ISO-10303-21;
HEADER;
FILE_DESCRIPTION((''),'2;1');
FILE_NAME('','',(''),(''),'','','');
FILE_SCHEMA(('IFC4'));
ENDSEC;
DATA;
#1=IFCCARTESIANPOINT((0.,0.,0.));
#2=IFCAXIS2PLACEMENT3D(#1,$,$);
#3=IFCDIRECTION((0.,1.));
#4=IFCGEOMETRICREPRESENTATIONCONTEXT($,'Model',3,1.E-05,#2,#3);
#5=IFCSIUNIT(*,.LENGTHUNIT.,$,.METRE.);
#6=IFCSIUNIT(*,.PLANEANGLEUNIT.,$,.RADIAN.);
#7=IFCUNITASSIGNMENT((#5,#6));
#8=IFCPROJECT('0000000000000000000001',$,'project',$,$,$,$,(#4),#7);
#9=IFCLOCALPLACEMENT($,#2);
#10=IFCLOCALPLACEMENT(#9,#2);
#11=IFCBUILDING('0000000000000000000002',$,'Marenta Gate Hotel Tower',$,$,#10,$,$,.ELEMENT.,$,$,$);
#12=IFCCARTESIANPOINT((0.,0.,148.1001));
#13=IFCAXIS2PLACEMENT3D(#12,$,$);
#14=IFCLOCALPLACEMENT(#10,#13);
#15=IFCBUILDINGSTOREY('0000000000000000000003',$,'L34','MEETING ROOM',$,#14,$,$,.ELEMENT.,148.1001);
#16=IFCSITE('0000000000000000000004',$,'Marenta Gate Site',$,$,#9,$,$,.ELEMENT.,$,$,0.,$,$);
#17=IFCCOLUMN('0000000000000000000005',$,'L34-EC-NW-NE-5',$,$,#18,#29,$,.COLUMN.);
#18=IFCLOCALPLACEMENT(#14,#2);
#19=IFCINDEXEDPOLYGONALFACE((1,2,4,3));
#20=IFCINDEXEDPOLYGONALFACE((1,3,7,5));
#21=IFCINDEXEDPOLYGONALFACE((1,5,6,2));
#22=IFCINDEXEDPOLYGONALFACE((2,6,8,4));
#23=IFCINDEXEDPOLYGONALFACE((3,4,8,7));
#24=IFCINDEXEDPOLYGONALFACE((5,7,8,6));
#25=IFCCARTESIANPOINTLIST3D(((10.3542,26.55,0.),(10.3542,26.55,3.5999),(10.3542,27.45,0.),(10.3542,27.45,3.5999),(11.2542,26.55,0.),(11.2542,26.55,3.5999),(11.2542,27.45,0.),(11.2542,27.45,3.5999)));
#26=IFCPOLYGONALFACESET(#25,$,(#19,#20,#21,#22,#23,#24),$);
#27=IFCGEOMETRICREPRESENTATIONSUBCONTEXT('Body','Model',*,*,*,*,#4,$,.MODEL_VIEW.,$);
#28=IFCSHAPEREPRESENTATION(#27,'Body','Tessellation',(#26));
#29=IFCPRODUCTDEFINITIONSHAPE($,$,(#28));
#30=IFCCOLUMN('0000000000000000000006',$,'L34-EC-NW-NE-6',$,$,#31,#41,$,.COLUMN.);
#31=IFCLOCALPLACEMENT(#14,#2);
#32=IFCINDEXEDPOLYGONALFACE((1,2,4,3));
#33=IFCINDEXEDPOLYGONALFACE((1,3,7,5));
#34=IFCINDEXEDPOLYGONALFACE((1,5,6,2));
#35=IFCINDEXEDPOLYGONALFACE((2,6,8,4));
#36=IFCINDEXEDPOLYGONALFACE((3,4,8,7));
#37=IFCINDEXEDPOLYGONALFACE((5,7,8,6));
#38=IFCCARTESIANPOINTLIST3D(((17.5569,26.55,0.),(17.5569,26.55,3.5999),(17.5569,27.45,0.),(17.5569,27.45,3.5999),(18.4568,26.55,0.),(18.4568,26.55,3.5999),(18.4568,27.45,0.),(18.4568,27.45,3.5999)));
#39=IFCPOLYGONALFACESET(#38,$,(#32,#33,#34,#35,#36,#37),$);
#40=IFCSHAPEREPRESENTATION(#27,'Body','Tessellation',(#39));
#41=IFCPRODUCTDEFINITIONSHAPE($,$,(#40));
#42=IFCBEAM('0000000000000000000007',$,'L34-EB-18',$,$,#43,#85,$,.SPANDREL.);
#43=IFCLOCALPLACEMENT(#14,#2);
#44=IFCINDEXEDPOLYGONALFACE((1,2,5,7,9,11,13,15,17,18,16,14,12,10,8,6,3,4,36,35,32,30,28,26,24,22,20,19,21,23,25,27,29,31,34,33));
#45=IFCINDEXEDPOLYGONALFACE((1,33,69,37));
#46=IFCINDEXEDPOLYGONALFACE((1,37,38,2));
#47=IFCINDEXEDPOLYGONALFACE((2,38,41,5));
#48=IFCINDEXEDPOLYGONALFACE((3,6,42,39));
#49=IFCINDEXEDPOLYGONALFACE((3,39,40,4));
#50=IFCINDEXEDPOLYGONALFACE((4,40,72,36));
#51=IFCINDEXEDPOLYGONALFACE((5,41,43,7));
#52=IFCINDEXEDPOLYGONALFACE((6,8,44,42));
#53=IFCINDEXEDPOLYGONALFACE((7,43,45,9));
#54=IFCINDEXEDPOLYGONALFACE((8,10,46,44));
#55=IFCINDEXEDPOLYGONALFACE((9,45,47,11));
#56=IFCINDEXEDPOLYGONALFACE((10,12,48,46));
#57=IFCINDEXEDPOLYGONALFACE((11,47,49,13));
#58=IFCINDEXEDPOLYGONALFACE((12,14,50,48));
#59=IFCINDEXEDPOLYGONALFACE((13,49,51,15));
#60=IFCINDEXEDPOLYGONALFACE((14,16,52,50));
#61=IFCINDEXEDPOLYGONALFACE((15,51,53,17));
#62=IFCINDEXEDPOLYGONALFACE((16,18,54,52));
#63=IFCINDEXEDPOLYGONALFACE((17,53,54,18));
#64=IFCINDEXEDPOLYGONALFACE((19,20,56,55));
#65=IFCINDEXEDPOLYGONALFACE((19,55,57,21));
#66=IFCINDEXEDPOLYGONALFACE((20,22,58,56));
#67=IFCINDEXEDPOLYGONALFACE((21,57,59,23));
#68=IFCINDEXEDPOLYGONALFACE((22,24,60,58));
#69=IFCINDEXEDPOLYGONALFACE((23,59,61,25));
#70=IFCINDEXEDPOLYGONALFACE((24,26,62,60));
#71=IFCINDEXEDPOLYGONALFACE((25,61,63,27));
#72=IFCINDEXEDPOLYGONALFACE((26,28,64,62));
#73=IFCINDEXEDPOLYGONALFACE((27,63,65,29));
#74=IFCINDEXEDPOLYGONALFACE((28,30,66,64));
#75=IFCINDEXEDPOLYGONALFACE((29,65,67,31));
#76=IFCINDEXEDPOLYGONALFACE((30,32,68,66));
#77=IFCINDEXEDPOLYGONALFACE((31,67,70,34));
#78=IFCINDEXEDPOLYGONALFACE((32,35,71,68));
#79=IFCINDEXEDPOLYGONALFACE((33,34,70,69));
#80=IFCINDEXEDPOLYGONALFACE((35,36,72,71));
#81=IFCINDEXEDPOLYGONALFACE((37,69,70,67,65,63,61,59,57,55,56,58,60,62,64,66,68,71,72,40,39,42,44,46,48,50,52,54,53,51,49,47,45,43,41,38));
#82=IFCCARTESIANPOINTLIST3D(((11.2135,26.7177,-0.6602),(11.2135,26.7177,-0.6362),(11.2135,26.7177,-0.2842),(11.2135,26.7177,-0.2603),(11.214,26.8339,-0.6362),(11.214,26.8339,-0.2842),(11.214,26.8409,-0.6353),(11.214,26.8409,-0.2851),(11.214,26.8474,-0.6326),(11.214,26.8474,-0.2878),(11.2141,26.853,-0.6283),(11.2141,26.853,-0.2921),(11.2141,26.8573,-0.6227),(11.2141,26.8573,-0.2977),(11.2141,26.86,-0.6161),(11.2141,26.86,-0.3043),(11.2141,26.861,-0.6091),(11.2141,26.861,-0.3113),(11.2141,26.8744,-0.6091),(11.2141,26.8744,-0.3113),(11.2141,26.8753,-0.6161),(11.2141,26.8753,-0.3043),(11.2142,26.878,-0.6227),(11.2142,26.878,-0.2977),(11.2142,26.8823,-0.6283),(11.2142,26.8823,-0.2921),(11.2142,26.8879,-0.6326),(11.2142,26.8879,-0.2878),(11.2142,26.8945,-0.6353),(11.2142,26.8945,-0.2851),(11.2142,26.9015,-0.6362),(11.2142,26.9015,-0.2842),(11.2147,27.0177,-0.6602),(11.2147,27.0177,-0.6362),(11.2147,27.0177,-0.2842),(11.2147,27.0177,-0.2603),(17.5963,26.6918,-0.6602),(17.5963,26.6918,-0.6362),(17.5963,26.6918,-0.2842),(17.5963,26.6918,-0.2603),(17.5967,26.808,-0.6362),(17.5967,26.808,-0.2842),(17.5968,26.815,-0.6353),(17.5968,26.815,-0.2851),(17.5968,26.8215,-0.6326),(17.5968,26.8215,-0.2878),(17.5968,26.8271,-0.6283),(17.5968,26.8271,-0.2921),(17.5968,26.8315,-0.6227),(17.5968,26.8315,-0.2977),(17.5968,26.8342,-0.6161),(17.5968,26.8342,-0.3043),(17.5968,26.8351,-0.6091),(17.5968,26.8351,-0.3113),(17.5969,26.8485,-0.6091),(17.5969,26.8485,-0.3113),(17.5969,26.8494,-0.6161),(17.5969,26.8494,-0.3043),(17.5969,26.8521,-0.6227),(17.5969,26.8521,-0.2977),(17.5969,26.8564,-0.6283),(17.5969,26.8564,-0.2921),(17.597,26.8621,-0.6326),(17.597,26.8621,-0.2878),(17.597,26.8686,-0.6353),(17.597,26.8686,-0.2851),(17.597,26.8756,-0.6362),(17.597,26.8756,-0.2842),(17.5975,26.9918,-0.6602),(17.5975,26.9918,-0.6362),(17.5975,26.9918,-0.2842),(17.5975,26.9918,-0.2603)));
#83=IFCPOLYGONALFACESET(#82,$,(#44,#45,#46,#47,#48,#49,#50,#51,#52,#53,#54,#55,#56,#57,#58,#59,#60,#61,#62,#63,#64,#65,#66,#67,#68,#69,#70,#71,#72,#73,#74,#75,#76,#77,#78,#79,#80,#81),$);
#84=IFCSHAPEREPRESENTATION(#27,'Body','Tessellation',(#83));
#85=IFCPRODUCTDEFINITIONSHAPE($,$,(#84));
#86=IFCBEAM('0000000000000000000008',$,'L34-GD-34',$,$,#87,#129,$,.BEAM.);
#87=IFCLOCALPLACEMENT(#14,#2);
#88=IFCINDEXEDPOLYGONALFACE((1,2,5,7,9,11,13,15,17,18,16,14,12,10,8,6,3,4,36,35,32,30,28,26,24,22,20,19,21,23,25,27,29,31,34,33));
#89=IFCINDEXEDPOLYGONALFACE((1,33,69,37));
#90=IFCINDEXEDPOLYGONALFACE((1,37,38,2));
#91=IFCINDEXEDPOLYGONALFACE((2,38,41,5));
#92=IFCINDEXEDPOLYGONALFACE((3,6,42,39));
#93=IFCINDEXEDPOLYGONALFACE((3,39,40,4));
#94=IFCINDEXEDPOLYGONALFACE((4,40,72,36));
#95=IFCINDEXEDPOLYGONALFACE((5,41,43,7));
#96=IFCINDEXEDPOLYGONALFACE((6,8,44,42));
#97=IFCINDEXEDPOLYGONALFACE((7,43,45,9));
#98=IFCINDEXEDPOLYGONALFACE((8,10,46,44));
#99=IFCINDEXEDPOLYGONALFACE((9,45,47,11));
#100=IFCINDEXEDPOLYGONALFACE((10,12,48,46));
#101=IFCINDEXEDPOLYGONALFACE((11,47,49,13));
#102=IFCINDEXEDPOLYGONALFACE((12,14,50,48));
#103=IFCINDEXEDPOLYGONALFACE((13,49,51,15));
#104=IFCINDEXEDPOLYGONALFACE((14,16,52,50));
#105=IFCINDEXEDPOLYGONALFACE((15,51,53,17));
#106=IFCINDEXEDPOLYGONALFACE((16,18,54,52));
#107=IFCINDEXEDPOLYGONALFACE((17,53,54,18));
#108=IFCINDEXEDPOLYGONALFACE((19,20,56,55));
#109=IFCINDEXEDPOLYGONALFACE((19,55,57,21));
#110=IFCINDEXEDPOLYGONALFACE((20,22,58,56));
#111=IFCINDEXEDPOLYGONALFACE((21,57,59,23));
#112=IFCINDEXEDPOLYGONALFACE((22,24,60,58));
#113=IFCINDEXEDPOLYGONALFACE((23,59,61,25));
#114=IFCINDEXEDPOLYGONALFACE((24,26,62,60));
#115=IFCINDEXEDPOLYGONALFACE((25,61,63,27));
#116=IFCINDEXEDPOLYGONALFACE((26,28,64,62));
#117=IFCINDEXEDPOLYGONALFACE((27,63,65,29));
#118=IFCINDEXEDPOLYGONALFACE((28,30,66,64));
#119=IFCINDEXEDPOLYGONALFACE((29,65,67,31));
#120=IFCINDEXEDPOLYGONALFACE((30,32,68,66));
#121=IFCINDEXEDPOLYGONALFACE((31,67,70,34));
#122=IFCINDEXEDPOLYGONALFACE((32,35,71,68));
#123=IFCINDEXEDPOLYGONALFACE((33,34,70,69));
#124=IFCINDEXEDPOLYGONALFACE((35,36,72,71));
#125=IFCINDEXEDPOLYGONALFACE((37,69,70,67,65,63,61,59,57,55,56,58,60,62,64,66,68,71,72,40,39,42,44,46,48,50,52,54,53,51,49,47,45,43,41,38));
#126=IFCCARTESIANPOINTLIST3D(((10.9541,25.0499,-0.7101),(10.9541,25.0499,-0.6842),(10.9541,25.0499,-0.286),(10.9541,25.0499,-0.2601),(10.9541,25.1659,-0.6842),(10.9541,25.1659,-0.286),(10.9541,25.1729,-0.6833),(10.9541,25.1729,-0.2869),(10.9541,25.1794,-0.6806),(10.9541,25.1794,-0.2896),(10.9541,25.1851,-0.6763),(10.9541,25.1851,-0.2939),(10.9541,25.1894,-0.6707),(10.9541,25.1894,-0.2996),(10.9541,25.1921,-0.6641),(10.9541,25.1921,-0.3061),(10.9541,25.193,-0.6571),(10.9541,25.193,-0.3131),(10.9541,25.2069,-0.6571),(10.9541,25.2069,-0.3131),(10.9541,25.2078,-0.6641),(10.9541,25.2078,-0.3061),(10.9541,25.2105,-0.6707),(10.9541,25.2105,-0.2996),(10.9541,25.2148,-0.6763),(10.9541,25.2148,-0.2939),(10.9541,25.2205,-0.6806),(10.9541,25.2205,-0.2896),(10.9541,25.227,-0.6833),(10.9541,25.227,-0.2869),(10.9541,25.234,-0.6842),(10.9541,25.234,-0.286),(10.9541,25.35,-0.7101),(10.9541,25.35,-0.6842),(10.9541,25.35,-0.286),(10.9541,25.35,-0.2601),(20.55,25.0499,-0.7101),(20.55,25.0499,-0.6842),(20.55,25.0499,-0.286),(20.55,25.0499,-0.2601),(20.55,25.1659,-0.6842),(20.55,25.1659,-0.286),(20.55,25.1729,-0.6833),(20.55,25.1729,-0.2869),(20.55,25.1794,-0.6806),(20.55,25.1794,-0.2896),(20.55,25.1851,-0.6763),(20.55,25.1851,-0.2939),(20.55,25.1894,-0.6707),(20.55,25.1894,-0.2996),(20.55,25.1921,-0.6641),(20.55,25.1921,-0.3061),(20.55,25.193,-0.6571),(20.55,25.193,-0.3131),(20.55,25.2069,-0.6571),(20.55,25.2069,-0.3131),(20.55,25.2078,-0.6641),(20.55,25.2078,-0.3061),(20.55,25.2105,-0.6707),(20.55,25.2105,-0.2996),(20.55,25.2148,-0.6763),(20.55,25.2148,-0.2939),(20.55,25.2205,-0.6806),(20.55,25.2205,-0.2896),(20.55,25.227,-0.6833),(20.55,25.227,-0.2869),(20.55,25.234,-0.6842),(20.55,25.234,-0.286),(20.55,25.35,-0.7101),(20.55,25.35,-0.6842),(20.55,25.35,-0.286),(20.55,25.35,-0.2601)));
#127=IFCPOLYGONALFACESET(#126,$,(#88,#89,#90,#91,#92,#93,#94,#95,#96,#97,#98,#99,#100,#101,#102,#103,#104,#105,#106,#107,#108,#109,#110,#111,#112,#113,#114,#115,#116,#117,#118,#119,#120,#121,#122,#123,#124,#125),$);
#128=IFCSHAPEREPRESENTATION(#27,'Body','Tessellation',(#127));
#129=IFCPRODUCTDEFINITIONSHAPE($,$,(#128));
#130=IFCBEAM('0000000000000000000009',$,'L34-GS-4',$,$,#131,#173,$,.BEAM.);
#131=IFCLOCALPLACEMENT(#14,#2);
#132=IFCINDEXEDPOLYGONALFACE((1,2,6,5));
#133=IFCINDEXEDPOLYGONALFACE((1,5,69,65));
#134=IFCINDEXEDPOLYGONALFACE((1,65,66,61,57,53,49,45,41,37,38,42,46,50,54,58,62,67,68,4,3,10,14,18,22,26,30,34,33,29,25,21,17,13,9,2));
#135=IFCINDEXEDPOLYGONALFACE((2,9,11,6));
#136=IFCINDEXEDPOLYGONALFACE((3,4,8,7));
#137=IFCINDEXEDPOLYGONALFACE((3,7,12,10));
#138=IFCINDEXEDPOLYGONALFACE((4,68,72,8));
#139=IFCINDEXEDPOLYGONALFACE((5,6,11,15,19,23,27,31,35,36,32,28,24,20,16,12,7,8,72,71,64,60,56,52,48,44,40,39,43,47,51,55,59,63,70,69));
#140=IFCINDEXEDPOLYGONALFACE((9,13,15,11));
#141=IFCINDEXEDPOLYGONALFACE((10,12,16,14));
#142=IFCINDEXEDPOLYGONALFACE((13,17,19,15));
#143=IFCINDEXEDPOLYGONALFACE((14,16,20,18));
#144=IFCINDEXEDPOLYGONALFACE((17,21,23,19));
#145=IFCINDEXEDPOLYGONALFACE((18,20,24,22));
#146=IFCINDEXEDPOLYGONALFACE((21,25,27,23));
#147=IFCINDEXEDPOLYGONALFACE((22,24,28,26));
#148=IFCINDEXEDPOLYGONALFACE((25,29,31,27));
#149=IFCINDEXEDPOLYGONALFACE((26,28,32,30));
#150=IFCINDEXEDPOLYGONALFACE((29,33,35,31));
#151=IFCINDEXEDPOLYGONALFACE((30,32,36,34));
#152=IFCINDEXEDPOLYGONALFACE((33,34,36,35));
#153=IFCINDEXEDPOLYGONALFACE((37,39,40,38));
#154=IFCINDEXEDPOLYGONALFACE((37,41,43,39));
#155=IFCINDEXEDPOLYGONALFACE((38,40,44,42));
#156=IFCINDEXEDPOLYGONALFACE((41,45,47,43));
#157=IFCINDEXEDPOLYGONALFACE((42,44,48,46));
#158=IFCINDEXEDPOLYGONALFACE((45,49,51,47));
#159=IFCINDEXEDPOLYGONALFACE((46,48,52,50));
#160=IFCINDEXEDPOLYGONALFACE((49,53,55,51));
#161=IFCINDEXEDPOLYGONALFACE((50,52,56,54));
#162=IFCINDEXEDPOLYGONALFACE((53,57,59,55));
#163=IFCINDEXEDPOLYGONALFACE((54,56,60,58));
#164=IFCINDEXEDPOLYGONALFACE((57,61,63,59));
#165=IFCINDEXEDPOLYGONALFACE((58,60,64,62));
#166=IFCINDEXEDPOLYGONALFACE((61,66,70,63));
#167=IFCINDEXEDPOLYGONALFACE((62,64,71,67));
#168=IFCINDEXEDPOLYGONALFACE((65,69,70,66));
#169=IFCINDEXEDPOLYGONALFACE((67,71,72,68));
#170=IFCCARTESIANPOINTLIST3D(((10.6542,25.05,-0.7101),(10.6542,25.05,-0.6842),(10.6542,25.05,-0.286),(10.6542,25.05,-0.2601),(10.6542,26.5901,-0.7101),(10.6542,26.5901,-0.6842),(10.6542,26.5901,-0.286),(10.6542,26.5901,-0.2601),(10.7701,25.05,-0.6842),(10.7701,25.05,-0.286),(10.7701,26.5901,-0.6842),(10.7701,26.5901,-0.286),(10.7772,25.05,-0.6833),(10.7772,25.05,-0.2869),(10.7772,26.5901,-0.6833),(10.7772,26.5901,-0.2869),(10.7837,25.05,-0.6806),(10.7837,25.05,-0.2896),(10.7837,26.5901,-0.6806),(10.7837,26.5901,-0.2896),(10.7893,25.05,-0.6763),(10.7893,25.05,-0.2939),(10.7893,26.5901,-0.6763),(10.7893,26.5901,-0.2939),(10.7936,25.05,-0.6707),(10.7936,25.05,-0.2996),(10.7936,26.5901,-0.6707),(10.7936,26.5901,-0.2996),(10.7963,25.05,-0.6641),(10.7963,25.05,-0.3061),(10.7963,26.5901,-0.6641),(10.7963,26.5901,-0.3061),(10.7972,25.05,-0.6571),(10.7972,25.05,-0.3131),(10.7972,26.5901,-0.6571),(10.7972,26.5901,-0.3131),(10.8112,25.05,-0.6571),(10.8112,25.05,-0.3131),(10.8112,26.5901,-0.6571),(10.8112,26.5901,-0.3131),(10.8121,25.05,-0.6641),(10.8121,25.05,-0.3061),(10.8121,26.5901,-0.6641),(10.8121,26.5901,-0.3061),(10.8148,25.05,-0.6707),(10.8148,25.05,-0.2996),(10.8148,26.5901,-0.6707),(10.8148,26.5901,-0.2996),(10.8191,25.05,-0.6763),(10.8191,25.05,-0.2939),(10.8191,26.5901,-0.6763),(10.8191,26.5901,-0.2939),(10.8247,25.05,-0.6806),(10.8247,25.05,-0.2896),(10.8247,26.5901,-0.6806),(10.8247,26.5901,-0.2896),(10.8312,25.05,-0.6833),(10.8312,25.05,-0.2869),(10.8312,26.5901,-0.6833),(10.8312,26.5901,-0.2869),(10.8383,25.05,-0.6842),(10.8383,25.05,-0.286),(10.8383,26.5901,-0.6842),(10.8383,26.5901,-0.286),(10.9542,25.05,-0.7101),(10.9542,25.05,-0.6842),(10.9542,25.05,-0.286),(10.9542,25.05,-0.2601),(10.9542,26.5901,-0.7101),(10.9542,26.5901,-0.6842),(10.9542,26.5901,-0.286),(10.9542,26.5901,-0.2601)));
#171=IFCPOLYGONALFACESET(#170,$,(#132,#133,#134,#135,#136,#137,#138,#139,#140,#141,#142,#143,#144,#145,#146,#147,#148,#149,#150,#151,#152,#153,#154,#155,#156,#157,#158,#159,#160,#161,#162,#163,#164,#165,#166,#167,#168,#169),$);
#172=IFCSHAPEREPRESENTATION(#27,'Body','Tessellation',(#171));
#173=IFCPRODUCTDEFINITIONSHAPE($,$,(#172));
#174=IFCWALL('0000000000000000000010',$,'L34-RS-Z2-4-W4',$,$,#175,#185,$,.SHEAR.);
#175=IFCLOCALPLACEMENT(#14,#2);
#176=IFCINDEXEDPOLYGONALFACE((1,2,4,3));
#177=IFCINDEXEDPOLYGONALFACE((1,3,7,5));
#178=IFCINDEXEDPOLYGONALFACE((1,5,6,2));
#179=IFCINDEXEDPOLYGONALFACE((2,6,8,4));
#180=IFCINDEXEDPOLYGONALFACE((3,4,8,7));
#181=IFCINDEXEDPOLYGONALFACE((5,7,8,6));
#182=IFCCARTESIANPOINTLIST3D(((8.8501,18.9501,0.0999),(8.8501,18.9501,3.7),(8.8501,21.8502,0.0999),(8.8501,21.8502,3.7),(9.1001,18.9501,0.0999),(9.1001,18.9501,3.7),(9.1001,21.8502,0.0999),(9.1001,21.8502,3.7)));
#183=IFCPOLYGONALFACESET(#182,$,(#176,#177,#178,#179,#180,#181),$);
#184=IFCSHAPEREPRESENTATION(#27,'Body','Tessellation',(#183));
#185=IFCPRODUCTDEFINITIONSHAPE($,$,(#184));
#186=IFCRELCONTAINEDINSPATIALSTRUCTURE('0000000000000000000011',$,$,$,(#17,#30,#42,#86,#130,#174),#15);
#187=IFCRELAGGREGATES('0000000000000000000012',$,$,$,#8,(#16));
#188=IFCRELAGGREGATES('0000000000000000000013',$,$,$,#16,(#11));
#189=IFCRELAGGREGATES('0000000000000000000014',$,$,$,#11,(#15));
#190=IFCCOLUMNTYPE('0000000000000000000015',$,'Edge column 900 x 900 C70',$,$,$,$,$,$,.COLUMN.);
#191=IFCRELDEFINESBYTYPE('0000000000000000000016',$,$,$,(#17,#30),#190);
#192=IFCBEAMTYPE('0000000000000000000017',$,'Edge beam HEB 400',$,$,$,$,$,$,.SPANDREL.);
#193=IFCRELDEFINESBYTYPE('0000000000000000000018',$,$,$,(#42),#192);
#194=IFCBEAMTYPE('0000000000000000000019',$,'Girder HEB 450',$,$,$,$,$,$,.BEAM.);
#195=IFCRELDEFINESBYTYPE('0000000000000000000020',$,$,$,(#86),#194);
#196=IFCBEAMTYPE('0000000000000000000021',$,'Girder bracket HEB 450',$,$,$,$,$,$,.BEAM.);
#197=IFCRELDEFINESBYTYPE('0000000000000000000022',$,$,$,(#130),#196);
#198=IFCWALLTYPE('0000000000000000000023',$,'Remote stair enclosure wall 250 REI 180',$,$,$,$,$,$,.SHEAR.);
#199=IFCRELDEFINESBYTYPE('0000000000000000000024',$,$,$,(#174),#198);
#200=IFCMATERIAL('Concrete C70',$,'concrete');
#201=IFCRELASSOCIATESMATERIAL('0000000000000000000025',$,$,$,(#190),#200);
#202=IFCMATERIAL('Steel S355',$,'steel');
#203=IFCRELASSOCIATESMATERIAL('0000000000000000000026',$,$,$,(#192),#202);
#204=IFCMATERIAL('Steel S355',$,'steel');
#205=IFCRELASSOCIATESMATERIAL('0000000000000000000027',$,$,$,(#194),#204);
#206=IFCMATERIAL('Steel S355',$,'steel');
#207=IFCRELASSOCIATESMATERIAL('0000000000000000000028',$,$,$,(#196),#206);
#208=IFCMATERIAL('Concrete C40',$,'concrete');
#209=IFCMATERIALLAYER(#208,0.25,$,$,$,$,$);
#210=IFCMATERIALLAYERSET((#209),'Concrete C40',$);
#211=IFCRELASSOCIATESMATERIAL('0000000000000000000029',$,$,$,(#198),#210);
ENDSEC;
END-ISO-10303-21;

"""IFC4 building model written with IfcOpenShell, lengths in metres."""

from ifc_helpers import new_model, si_unit, direction, frame, frame_2d, origin, origin_2d, place, context, subcontext, project, spatial, rectangle, i_section, extrude, material, layer, layer_set, material_profile, profile_set, type_object, element, save


model = new_model("IFC4")

# Units and contexts
model_context = context("Model", 3, precision=1e-05, world=origin(), true_north=direction((0.0, 1.0)))
body_context = subcontext(model_context, "Body", "Model", "MODEL_VIEW")
ifc_project = project(units=[si_unit("LENGTHUNIT", "METRE"), si_unit("PLANEANGLEUNIT", "RADIAN")], contexts=[model_context])

# Site, building, storey
site_placement = place(None, origin())
site = spatial("IfcSite", under=ifc_project, at=site_placement, Name="Marenta Gate Site", CompositionType="ELEMENT", RefElevation=0.0)
building_placement = place(site_placement, origin())
building = spatial("IfcBuilding", under=site, at=building_placement, Name="Marenta Gate Hotel Tower", CompositionType="ELEMENT")
storey_placement = place(building_placement, frame((0.0, 0.0, 148.1001)))
storey = spatial("IfcBuildingStorey", under=building, at=storey_placement, Name="L34", Description="MEETING ROOM", CompositionType="ELEMENT", Elevation=148.1001)

# Columns
ifc_material_1 = material(Name="Concrete C70", Category="concrete")
ifc_material_profile_1 = material_profile(ifc_material_1, rectangle(XDim=0.8999, YDim=0.8999, at=origin_2d()), Name="900 x 900")
ifc_profile_set_1 = profile_set([ifc_material_profile_1], Name="Concrete C70")
column_type = type_object("IfcColumnType", Name="Edge column 900 x 900 C70", PredefinedType="COLUMN", material=ifc_profile_set_1)
for number, where, z_axis, x_axis, name in (
    (1, (10.8042, 27.0, 0.0), (0.0, 0.0, 1.0), (1.0, 0.0, 0.0), "L34-EC-NW-NE-5"),
    (2, (18.0068, 27.0, 0.0), (0.0, 0.0, 1.0), (1.0, 0.0, 0.0), "L34-EC-NW-NE-6"),
):
    element("IfcColumn", number, at=place(storey_placement, frame(where, z_axis=z_axis, x_axis=x_axis)), inside=storey, type_object=column_type, Name=name, PredefinedType="COLUMN", context=body_context, shape_type="SweptSolid", body=[
        extrude(rectangle(XDim=0.8999, YDim=0.8999, at=origin_2d()), origin(), (0.0, 0.0, 1.0), 3.5999),
    ])

# Beams
ifc_material_2 = material(Name="Steel S355", Category="steel")
ifc_material_profile_2 = material_profile(ifc_material_2, i_section(OverallWidth=0.3, OverallDepth=0.3999, WebThickness=0.0134, FlangeThickness=0.0239, FilletRadius=0.0271, at=origin_2d()), Name="HEB 400")
ifc_profile_set_2 = profile_set([ifc_material_profile_2], Name="Steel S355")
beam_type_1 = type_object("IfcBeamType", Name="Edge beam HEB 400", PredefinedType="SPANDREL", material=ifc_profile_set_2)
beam_1_placement = place(storey_placement, frame((11.2141, 26.8677, -0.4602), z_axis=(0.999992, -0.004054, 0.0), x_axis=(0.004054, 0.999992, 0.0)))
element("IfcBeam", 3, at=beam_1_placement, inside=storey, type_object=beam_type_1, Name="L34-EB-18", PredefinedType="SPANDREL", context=body_context, shape_type="SweptSolid", body=[
    extrude(i_section(OverallWidth=0.3, OverallDepth=0.3999, WebThickness=0.0134, FlangeThickness=0.0239, FilletRadius=0.0271, at=origin_2d()), origin(), (0.0, 0.0, 1.0), 6.3828),
])
ifc_material_3 = material(Name="Steel S355", Category="steel")
ifc_material_profile_3 = material_profile(ifc_material_3, i_section(OverallWidth=0.3, OverallDepth=0.45, WebThickness=0.0139, FlangeThickness=0.0259, FilletRadius=0.0271, at=origin_2d()), Name="HEB 450")
ifc_profile_set_3 = profile_set([ifc_material_profile_3], Name="Steel S355")
beam_type_2 = type_object("IfcBeamType", Name="Girder HEB 450", PredefinedType="BEAM", material=ifc_profile_set_3)
beam_2_placement = place(storey_placement, frame((10.9541, 25.2, -0.4851), z_axis=(1.0, 0.0, 0.0), x_axis=(0.0, 1.0, 0.0)))
element("IfcBeam", 4, at=beam_2_placement, inside=storey, type_object=beam_type_2, Name="L34-GD-34", PredefinedType="BEAM", context=body_context, shape_type="SweptSolid", body=[
    extrude(i_section(OverallWidth=0.3, OverallDepth=0.45, WebThickness=0.0139, FlangeThickness=0.0259, FilletRadius=0.0271, at=origin_2d()), origin(), (0.0, 0.0, 1.0), 9.5959),
])
ifc_material_4 = material(Name="Steel S355", Category="steel")
ifc_material_profile_4 = material_profile(ifc_material_4, i_section(OverallWidth=0.3, OverallDepth=0.45, WebThickness=0.0139, FlangeThickness=0.0259, FilletRadius=0.0271, at=origin_2d()), Name="HEB 450")
ifc_profile_set_4 = profile_set([ifc_material_profile_4], Name="Steel S355")
beam_type_3 = type_object("IfcBeamType", Name="Girder bracket HEB 450", PredefinedType="BEAM", material=ifc_profile_set_4)
beam_3_placement = place(storey_placement, frame((10.8042, 25.05, -0.4851), z_axis=(0.0, 1.0, 0.0), x_axis=(-1.0, 0.0, 0.0)))
element("IfcBeam", 5, at=beam_3_placement, inside=storey, type_object=beam_type_3, Name="L34-GS-4", PredefinedType="BEAM", context=body_context, shape_type="SweptSolid", body=[
    extrude(i_section(OverallWidth=0.3, OverallDepth=0.45, WebThickness=0.0139, FlangeThickness=0.0259, FilletRadius=0.0271, at=origin_2d()), origin(), (0.0, 0.0, 1.0), 1.54),
])

# Wall
ifc_material_5 = material(Name="Concrete C40", Category="concrete")
ifc_layer_1 = layer(ifc_material_5, 0.25)
ifc_layer_set_1 = layer_set([ifc_layer_1], Name="Concrete C40")
wall_type_1 = type_object("IfcWallType", Name="Remote stair enclosure wall 250 REI 180", PredefinedType="SHEAR", material=ifc_layer_set_1)
wall_1_placement = place(storey_placement, frame((8.9751, 18.95, 0.0999), z_axis=(0.0, 0.0, 1.0), x_axis=(0.0, 1.0, 0.0)))
element("IfcWall", 6, at=wall_1_placement, inside=storey, type_object=wall_type_1, Name="L34-RS-Z2-4-W4", PredefinedType="SHEAR", context=body_context, shape_type="SweptSolid", body=[
    extrude(rectangle(XDim=2.9001, YDim=0.25, at=frame_2d((1.4502, 0.0))), origin(), (0.0, 0.0, 1.0), 3.6001),
])

save(model, "model.ifc")
